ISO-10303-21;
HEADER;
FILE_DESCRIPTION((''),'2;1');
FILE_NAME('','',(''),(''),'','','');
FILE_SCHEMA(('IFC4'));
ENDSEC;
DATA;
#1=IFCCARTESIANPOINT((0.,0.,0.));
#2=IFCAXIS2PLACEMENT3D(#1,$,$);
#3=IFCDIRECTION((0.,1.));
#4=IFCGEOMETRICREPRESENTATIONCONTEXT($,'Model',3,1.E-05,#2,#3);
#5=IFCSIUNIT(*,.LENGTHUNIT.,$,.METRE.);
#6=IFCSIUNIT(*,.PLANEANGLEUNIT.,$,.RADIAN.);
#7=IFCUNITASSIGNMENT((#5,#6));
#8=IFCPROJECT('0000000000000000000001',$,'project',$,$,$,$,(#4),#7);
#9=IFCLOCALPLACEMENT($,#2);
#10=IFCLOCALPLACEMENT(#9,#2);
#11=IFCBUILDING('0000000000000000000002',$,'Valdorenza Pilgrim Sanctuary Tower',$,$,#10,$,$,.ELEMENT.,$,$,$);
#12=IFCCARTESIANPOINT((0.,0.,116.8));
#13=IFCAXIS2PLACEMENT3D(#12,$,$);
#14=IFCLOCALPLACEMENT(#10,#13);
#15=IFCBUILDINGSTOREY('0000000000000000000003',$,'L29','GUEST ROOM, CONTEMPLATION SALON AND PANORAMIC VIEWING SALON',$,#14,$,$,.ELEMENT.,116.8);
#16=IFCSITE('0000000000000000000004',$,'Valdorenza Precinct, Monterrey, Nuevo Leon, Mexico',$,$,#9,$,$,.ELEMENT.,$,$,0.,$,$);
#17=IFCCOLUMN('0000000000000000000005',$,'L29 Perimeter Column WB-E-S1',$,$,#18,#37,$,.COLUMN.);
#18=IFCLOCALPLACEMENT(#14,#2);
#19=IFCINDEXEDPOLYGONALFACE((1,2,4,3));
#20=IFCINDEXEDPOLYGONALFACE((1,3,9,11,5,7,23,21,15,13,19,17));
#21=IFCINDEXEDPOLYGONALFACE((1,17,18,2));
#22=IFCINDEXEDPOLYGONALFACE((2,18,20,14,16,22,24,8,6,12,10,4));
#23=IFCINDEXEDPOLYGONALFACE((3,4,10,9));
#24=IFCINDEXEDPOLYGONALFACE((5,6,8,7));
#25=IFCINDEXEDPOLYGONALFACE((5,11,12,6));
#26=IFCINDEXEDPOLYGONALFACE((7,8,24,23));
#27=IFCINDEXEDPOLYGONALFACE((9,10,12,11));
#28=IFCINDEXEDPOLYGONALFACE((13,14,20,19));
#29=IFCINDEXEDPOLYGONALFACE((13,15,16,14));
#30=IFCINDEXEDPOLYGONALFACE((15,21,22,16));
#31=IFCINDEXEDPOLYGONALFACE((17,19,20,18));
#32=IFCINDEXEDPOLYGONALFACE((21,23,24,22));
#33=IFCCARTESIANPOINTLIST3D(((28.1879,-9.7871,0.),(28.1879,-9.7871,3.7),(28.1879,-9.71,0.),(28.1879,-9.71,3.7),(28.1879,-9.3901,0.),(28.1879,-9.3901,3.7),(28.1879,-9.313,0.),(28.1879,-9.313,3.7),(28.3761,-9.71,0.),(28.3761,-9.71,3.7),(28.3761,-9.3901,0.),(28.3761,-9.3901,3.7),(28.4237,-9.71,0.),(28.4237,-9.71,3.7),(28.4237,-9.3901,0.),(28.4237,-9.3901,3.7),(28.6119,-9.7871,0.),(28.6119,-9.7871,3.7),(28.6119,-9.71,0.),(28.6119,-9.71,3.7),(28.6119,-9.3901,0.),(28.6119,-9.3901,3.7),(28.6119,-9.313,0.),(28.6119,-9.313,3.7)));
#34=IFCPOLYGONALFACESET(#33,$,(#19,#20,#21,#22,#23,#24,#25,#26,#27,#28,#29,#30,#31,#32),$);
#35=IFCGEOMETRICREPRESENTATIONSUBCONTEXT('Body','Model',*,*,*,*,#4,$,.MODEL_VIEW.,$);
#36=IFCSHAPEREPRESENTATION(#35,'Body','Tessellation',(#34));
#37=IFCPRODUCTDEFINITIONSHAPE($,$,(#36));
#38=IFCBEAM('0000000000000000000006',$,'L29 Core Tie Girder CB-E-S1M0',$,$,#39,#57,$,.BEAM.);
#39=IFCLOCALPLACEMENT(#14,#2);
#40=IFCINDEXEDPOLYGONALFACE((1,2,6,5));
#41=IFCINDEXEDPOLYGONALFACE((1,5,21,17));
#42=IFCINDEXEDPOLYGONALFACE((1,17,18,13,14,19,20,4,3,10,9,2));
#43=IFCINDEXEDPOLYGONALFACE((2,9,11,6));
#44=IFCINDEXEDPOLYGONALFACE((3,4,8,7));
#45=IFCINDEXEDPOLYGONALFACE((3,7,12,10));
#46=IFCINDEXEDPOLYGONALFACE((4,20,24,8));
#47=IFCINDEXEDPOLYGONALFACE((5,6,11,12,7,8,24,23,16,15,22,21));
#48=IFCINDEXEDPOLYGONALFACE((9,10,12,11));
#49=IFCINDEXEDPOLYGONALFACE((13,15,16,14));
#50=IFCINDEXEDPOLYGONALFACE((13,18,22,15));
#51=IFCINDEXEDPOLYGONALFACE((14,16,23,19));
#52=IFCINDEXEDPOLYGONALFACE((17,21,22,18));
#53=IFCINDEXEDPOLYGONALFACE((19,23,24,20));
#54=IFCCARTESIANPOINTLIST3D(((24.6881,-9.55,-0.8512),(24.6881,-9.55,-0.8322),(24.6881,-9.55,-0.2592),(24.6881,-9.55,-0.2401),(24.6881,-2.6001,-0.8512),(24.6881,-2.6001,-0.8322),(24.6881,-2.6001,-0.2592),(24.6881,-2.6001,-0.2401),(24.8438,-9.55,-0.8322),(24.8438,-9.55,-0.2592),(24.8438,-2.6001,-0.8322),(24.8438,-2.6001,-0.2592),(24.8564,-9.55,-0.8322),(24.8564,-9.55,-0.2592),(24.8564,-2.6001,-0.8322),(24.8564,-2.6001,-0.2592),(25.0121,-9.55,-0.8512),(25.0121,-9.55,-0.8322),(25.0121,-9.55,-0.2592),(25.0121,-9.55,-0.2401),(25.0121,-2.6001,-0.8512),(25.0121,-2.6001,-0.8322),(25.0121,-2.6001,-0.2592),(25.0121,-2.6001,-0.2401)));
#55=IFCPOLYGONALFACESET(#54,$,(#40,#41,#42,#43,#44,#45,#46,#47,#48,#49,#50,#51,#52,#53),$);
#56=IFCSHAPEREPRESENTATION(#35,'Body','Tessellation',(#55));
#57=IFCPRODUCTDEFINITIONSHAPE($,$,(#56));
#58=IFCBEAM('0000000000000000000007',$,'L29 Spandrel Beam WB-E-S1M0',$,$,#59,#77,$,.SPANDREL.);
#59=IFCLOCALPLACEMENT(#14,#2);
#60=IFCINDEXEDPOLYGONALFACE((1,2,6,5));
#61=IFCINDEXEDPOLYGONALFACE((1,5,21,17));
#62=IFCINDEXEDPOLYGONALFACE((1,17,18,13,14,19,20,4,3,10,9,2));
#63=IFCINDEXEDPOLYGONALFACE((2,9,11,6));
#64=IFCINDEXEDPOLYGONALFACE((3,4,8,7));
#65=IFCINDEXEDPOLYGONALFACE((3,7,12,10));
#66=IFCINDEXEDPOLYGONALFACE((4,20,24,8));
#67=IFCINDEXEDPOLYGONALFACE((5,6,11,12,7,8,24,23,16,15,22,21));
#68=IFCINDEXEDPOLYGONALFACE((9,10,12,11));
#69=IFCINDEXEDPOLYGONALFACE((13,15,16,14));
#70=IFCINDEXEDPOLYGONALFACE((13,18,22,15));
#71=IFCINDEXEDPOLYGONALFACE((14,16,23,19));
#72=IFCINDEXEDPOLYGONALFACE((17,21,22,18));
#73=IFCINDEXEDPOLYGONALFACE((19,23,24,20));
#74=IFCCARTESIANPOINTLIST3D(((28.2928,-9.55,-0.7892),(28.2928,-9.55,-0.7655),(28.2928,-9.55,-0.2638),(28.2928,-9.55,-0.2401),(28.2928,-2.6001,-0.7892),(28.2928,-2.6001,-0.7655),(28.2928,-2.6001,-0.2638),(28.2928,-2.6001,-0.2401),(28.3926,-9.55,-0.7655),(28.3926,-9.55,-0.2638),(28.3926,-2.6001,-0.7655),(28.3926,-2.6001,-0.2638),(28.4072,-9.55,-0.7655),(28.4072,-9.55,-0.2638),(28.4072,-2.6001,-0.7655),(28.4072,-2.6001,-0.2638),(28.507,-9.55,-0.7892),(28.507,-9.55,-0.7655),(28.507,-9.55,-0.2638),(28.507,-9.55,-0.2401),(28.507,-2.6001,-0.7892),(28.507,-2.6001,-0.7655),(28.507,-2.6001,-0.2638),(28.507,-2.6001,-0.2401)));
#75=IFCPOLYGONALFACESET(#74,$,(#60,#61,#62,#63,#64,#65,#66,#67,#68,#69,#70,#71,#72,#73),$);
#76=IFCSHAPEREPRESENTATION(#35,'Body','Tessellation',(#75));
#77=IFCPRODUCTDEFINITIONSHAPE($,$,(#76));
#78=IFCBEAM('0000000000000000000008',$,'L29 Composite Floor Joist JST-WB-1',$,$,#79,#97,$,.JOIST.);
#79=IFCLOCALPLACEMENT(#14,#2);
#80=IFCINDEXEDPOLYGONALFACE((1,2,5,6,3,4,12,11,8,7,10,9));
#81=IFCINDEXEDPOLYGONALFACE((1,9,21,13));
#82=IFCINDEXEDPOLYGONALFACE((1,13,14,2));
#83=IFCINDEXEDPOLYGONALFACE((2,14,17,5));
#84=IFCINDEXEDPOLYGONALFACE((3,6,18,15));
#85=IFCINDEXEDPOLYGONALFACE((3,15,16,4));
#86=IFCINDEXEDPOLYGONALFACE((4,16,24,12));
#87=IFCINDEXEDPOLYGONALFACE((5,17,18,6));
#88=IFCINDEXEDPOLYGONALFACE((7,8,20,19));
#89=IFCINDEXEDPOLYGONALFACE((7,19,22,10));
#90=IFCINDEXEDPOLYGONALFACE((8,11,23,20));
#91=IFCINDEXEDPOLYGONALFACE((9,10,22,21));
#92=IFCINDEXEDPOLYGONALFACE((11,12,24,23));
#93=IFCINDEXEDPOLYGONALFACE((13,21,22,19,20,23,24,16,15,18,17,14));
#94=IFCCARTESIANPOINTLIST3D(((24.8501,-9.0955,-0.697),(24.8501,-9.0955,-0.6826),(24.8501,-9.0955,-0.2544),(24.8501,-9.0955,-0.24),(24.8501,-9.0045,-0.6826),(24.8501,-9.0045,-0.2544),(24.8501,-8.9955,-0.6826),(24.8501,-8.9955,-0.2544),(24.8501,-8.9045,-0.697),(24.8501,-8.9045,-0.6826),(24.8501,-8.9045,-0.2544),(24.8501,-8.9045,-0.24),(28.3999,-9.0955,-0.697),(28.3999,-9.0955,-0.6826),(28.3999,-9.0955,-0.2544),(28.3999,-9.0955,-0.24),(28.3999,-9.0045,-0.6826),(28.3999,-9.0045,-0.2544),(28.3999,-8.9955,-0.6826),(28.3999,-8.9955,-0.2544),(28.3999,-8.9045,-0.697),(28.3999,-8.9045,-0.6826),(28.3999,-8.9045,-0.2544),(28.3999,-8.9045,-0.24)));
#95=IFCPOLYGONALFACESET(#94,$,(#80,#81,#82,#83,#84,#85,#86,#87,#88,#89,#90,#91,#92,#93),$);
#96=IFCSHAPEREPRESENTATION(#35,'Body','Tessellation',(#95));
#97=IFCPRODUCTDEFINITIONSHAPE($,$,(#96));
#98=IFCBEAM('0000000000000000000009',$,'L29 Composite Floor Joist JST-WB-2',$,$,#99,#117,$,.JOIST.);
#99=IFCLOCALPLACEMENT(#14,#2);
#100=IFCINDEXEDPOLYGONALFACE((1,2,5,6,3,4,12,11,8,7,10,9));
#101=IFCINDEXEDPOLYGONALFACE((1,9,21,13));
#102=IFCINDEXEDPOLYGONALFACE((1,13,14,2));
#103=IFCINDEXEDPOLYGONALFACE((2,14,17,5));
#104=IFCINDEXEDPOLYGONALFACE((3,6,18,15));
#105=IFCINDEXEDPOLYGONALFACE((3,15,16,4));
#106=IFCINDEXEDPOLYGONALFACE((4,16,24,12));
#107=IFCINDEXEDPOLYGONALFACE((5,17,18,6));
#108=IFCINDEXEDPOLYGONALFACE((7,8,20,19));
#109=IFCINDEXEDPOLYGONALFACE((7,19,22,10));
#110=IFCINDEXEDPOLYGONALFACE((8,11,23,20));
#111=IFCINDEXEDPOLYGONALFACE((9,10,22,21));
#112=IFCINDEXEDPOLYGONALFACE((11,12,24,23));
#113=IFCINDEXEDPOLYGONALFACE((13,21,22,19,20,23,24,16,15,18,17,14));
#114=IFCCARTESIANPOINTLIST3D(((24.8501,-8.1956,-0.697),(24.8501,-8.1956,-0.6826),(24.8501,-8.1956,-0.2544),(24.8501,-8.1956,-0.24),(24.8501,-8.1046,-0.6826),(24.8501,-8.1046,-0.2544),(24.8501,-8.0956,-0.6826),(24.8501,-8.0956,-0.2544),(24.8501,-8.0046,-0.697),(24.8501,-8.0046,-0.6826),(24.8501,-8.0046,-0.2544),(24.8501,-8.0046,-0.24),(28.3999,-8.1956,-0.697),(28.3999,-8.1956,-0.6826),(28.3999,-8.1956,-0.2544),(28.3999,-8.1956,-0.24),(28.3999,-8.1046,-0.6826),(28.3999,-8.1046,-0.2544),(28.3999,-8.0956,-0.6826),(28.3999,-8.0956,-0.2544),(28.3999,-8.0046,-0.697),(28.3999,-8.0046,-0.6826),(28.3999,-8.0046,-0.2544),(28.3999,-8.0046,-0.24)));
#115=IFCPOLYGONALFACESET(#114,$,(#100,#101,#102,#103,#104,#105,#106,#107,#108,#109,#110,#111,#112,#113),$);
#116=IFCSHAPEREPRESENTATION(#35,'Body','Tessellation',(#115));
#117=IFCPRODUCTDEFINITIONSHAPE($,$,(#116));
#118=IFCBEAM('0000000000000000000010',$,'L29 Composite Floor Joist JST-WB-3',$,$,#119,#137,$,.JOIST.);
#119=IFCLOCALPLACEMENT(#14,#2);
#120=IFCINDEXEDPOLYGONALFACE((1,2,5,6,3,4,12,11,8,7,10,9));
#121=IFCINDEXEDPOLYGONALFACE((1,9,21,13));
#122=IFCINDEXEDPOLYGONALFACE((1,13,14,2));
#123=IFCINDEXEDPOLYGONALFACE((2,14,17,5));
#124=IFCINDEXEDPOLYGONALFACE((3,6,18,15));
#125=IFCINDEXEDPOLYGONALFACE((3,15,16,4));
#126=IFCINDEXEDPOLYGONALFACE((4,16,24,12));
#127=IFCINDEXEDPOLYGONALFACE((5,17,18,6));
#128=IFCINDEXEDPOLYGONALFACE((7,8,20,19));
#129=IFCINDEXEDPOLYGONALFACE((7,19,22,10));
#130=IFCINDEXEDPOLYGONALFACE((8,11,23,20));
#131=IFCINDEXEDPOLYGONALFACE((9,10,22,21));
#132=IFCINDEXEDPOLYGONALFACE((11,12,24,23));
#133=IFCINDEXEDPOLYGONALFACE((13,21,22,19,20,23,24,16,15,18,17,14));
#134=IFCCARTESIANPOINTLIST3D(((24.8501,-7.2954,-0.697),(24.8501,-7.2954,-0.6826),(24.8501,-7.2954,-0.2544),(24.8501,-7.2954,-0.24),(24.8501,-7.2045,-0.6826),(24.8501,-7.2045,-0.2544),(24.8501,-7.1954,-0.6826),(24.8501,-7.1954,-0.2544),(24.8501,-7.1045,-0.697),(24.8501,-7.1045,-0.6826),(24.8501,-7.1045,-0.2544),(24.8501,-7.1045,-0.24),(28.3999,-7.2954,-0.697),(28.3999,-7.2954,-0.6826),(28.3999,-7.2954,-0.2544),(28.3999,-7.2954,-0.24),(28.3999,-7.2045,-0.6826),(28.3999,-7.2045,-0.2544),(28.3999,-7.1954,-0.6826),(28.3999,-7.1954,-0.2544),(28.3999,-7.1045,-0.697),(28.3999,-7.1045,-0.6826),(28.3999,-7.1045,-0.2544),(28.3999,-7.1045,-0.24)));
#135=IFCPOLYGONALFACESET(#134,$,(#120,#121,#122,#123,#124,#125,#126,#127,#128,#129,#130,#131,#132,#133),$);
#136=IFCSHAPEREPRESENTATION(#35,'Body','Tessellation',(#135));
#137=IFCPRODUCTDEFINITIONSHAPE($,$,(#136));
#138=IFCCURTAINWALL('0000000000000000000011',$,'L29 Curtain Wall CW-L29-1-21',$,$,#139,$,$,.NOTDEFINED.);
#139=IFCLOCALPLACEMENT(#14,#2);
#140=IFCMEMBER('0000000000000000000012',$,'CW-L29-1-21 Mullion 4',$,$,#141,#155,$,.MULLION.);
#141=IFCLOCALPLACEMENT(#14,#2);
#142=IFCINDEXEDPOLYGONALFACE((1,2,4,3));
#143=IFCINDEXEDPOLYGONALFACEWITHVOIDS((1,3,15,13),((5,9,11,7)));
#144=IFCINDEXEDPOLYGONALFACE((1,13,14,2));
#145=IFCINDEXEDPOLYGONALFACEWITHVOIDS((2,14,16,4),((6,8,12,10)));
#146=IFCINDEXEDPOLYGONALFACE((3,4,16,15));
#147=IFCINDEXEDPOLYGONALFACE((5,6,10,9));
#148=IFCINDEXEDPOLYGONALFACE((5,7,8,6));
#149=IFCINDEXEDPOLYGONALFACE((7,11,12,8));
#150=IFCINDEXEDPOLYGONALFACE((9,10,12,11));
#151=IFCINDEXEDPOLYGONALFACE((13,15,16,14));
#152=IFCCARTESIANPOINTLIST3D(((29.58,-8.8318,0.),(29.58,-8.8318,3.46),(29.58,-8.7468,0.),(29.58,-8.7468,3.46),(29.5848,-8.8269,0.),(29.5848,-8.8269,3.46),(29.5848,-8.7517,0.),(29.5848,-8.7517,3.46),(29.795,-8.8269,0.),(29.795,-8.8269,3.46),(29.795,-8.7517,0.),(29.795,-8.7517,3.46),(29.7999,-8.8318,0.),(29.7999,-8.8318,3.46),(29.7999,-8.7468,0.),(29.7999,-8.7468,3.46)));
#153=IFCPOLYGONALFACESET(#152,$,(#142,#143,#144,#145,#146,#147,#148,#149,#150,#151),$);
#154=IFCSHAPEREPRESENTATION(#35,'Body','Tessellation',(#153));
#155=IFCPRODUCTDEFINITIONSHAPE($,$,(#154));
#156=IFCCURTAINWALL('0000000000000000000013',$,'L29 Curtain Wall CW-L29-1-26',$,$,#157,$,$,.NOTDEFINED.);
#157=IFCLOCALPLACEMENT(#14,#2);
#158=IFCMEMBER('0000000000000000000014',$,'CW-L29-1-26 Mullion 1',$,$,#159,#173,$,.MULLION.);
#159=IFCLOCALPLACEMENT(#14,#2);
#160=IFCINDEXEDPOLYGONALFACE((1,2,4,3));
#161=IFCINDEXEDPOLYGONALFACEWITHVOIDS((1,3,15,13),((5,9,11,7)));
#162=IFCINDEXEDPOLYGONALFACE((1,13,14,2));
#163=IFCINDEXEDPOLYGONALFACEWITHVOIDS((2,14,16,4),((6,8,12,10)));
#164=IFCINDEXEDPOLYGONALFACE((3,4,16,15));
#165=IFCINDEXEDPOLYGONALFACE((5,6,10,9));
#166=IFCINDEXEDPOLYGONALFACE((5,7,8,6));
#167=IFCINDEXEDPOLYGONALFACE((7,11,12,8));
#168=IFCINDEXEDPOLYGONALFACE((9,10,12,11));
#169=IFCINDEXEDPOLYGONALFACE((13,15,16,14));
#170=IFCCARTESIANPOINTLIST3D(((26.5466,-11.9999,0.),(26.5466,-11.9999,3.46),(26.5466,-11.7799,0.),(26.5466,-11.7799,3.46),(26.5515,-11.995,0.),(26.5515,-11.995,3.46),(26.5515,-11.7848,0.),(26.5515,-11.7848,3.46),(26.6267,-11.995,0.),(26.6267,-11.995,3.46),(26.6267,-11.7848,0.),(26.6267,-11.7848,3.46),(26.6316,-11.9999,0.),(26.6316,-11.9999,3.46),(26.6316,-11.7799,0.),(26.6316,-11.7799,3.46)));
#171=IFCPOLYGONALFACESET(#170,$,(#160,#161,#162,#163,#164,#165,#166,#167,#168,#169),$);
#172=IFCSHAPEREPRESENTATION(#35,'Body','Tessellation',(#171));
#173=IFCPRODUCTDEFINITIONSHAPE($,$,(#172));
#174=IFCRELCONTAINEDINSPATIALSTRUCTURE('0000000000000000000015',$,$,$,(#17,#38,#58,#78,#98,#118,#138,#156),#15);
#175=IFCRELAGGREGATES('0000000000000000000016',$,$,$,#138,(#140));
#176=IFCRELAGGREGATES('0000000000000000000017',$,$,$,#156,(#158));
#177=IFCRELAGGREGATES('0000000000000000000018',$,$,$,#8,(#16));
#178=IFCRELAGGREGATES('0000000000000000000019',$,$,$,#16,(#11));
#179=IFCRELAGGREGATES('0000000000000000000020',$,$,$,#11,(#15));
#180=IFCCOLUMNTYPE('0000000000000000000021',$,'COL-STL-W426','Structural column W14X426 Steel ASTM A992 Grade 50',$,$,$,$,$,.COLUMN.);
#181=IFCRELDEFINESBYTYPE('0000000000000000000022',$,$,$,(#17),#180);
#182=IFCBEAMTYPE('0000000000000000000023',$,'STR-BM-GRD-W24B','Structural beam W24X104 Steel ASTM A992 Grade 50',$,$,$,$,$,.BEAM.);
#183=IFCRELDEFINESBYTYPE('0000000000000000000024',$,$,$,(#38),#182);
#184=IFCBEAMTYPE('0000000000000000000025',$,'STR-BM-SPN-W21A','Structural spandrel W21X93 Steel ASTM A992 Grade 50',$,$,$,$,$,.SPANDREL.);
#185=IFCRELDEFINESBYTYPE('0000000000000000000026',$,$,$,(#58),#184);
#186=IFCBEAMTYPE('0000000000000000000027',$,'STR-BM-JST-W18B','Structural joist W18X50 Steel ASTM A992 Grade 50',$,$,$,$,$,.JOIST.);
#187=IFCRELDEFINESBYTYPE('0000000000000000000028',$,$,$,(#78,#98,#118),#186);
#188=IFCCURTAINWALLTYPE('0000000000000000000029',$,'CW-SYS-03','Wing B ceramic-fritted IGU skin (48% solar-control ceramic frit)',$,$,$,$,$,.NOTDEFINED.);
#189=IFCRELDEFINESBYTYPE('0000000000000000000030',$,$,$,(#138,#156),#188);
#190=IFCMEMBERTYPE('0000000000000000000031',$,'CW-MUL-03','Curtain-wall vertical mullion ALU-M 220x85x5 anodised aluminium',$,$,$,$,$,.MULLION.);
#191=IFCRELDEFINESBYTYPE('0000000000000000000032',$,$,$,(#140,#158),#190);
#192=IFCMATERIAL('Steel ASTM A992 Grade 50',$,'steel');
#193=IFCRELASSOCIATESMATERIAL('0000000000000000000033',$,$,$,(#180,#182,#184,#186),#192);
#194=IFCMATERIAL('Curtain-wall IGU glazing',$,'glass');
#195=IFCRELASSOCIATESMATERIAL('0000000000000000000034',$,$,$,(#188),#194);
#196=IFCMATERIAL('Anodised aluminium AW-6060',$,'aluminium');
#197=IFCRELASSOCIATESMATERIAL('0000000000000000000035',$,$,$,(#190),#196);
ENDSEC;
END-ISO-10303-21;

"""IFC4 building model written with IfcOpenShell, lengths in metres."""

from ifc_helpers import new_model, si_unit, direction, frame, origin, origin_2d, place, context, subcontext, project, spatial, hollow_rectangle, i_section, extrude, source, transform, mapped, material, material_profile, profile_set, type_object, element, aggregate, save


model = new_model("IFC4")

# Units and contexts
model_context = context("Model", 3, precision=1e-05, world=origin(), true_north=direction((0.0, 1.0)))
body_context = subcontext(model_context, "Body", "Model", "MODEL_VIEW")
ifc_project = project(units=[si_unit("LENGTHUNIT", "METRE"), si_unit("PLANEANGLEUNIT", "RADIAN")], contexts=[model_context])

# Site, building, storey
site_placement = place(None, origin())
site = spatial("IfcSite", under=ifc_project, at=site_placement, Name="Valdorenza Precinct, Monterrey, Nuevo Leon, Mexico", CompositionType="ELEMENT", RefElevation=0.0)
building_placement = place(site_placement, origin())
building = spatial("IfcBuilding", under=site, at=building_placement, Name="Valdorenza Pilgrim Sanctuary Tower", CompositionType="ELEMENT")
storey_placement = place(building_placement, frame((0.0, 0.0, 116.8)))
storey = spatial("IfcBuildingStorey", under=building, at=storey_placement, Name="L29", Description="GUEST ROOM, CONTEMPLATION SALON AND PANORAMIC VIEWING SALON", CompositionType="ELEMENT", Elevation=116.8)

# Column
ifc_material_1 = material(Name="Steel ASTM A992 Grade 50", Category="steel")
ifc_material_profile_1 = material_profile(ifc_material_1, i_section(OverallWidth=0.4241, OverallDepth=0.4741, WebThickness=0.0476, FlangeThickness=0.0771, at=origin_2d()), Name="W14X426")
ifc_profile_set_1 = profile_set([ifc_material_profile_1], Name="Steel ASTM A992 Grade 50")
column_type = type_object("IfcColumnType", Name="COL-STL-W426", Description="Structural column W14X426 Steel ASTM A992 Grade 50", PredefinedType="COLUMN", material=ifc_profile_set_1)
shared_shape_1 = source(origin(), body_context, "Body", "SweptSolid", [
    extrude(i_section(OverallWidth=0.4241, OverallDepth=0.4741, WebThickness=0.0476, FlangeThickness=0.0771, at=origin_2d()), origin(), (0.0, 0.0, 1.0), 3.7),
])
column_placement = place(storey_placement, frame((28.3999, -9.55, 0.0), z_axis=(0.0, 0.0, 1.0), x_axis=(1.0, 0.0, 0.0)))
element("IfcColumn", 1, at=column_placement, inside=storey, type_object=column_type, Name="L29 Perimeter Column WB-E-S1", PredefinedType="COLUMN", context=body_context, shape_type="MappedRepresentation", body=[
    mapped(shared_shape_1, transform((0.0, 0.0, 0.0), x_axis=(1.0, 0.0, 0.0), y_axis=(0.0, 1.0, 0.0), z_axis=(0.0, 0.0, 1.0), scale=1.0)),
])

# Beams
ifc_material_profile_2 = material_profile(ifc_material_1, i_section(OverallWidth=0.324, OverallDepth=0.6111, WebThickness=0.0127, FlangeThickness=0.019, at=origin_2d()), Name="W24X104")
ifc_profile_set_2 = profile_set([ifc_material_profile_2], Name="Steel ASTM A992 Grade 50")
beam_type_1 = type_object("IfcBeamType", Name="STR-BM-GRD-W24B", Description="Structural beam W24X104 Steel ASTM A992 Grade 50", PredefinedType="BEAM", material=ifc_profile_set_2)
shared_shape_2 = source(origin(), body_context, "Body", "SweptSolid", [
    extrude(i_section(OverallWidth=0.324, OverallDepth=0.6111, WebThickness=0.0127, FlangeThickness=0.019, at=origin_2d()), origin(), (0.0, 0.0, 1.0), 6.95),
])
beam_1_placement = place(storey_placement, frame((24.8501, -9.55, -0.5457), z_axis=(0.0, 1.0, 0.0), x_axis=(-1.0, 0.0, 0.0)))
element("IfcBeam", 2, at=beam_1_placement, inside=storey, type_object=beam_type_1, Name="L29 Core Tie Girder CB-E-S1M0", PredefinedType="BEAM", context=body_context, shape_type="MappedRepresentation", body=[
    mapped(shared_shape_2, transform((0.0, 0.0, 0.0), x_axis=(1.0, 0.0, 0.0), y_axis=(0.0, 1.0, 0.0), z_axis=(0.0, 0.0, 1.0), scale=1.0)),
])
ifc_material_profile_3 = material_profile(ifc_material_1, i_section(OverallWidth=0.2141, OverallDepth=0.5491, WebThickness=0.0146, FlangeThickness=0.0237, at=origin_2d()), Name="W21X93")
ifc_profile_set_3 = profile_set([ifc_material_profile_3], Name="Steel ASTM A992 Grade 50")
beam_type_2 = type_object("IfcBeamType", Name="STR-BM-SPN-W21A", Description="Structural spandrel W21X93 Steel ASTM A992 Grade 50", PredefinedType="SPANDREL", material=ifc_profile_set_3)
shared_shape_3 = source(origin(), body_context, "Body", "SweptSolid", [
    extrude(i_section(OverallWidth=0.2141, OverallDepth=0.5491, WebThickness=0.0146, FlangeThickness=0.0237, at=origin_2d()), origin(), (0.0, 0.0, 1.0), 6.95),
])
beam_2_placement = place(storey_placement, frame((28.3999, -9.55, -0.5146), z_axis=(0.0, 1.0, 0.0), x_axis=(-1.0, 0.0, 0.0)))
element("IfcBeam", 3, at=beam_2_placement, inside=storey, type_object=beam_type_2, Name="L29 Spandrel Beam WB-E-S1M0", PredefinedType="SPANDREL", context=body_context, shape_type="MappedRepresentation", body=[
    mapped(shared_shape_3, transform((0.0, 0.0, 0.0), x_axis=(1.0, 0.0, 0.0), y_axis=(0.0, 1.0, 0.0), z_axis=(0.0, 0.0, 1.0), scale=1.0)),
])
ifc_material_profile_4 = material_profile(ifc_material_1, i_section(OverallWidth=0.1909, OverallDepth=0.457, WebThickness=0.009, FlangeThickness=0.0144, at=origin_2d()), Name="W18X50")
ifc_profile_set_4 = profile_set([ifc_material_profile_4], Name="Steel ASTM A992 Grade 50")
beam_type_3 = type_object("IfcBeamType", Name="STR-BM-JST-W18B", Description="Structural joist W18X50 Steel ASTM A992 Grade 50", PredefinedType="JOIST", material=ifc_profile_set_4)
shared_shape_4 = source(origin(), body_context, "Body", "SweptSolid", [
    extrude(i_section(OverallWidth=0.1909, OverallDepth=0.457, WebThickness=0.009, FlangeThickness=0.0144, at=origin_2d()), origin(), (0.0, 0.0, 1.0), 3.5498),
])
for number, where, z_axis, x_axis, name in (
    (4, (24.8501, -9.0, -0.4685), (1.0, 0.0, 0.0), (0.0, 1.0, 0.0), "L29 Composite Floor Joist JST-WB-1"),
    (5, (24.8501, -8.1001, -0.4685), (1.0, 0.0, 0.0), (0.0, 1.0, 0.0), "L29 Composite Floor Joist JST-WB-2"),
    (6, (24.8501, -7.2, -0.4685), (1.0, 0.0, 0.0), (0.0, 1.0, 0.0), "L29 Composite Floor Joist JST-WB-3"),
):
    element("IfcBeam", number, at=place(storey_placement, frame(where, z_axis=z_axis, x_axis=x_axis)), inside=storey, type_object=beam_type_3, Name=name, PredefinedType="JOIST", context=body_context, shape_type="MappedRepresentation", body=[
        mapped(shared_shape_4, transform((0.0, 0.0, 0.0), x_axis=(1.0, 0.0, 0.0), y_axis=(0.0, 1.0, 0.0), z_axis=(0.0, 0.0, 1.0), scale=1.0)),
    ])

# Curtain wall, member
ifc_material_2 = material(Name="Curtain-wall IGU glazing", Category="glass")
curtain_wall_type = type_object("IfcCurtainWallType", Name="CW-SYS-03", Description="Wing B ceramic-fritted IGU skin (48% solar-control ceramic frit)", PredefinedType="NOTDEFINED", material=ifc_material_2)
curtain_wall_1_placement = place(storey_placement, origin())
curtain_wall_1 = element("IfcCurtainWall", 7, at=curtain_wall_1_placement, inside=storey, type_object=curtain_wall_type, Name="L29 Curtain Wall CW-L29-1-21", PredefinedType="NOTDEFINED")
ifc_material_3 = material(Name="Anodised aluminium AW-6060", Category="aluminium")
ifc_material_profile_5 = material_profile(ifc_material_3, hollow_rectangle(XDim=0.085, YDim=0.22, WallThickness=0.0049, at=origin_2d()), Name="ALU-M 220x85x5")
ifc_profile_set_5 = profile_set([ifc_material_profile_5], Name="Anodised aluminium AW-6060")
member_type_1 = type_object("IfcMemberType", Name="CW-MUL-03", Description="Curtain-wall vertical mullion ALU-M 220x85x5 anodised aluminium", PredefinedType="MULLION", material=ifc_profile_set_5)
shared_shape_5 = source(origin(), body_context, "Body", "SweptSolid", [
    extrude(hollow_rectangle(XDim=0.085, YDim=0.22, WallThickness=0.0049, at=origin_2d()), origin(), (0.0, 0.0, 1.0), 3.46),
])
member_1_placement = place(storey_placement, frame((29.6899, -8.7893, 0.0), z_axis=(0.0, 0.0, 1.0), x_axis=(0.0, -1.0, 0.0)))
member_1 = element("IfcMember", 8, at=member_1_placement, type_object=member_type_1, Name="CW-L29-1-21 Mullion 4", PredefinedType="MULLION", context=body_context, shape_type="MappedRepresentation", body=[
    mapped(shared_shape_5, transform((0.0, 0.0, 0.0), x_axis=(1.0, 0.0, 0.0), y_axis=(0.0, 1.0, 0.0), z_axis=(0.0, 0.0, 1.0), scale=1.0)),
])
aggregate(curtain_wall_1, [member_1])

# Curtain wall, member
curtain_wall_2_placement = place(storey_placement, origin())
curtain_wall_2 = element("IfcCurtainWall", 9, at=curtain_wall_2_placement, inside=storey, type_object=curtain_wall_type, Name="L29 Curtain Wall CW-L29-1-26", PredefinedType="NOTDEFINED")
member_2_placement = place(storey_placement, frame((26.5891, -11.8899, 0.0), z_axis=(0.0, 0.0, 1.0), x_axis=(-1.0, 0.0, 0.0)))
member_2 = element("IfcMember", 10, at=member_2_placement, type_object=member_type_1, Name="CW-L29-1-26 Mullion 1", PredefinedType="MULLION", context=body_context, shape_type="MappedRepresentation", body=[
    mapped(shared_shape_5, transform((0.0, 0.0, 0.0), x_axis=(1.0, 0.0, 0.0), y_axis=(0.0, 1.0, 0.0), z_axis=(0.0, 0.0, 1.0), scale=1.0)),
])
aggregate(curtain_wall_2, [member_2])

save(model, "model.ifc")
